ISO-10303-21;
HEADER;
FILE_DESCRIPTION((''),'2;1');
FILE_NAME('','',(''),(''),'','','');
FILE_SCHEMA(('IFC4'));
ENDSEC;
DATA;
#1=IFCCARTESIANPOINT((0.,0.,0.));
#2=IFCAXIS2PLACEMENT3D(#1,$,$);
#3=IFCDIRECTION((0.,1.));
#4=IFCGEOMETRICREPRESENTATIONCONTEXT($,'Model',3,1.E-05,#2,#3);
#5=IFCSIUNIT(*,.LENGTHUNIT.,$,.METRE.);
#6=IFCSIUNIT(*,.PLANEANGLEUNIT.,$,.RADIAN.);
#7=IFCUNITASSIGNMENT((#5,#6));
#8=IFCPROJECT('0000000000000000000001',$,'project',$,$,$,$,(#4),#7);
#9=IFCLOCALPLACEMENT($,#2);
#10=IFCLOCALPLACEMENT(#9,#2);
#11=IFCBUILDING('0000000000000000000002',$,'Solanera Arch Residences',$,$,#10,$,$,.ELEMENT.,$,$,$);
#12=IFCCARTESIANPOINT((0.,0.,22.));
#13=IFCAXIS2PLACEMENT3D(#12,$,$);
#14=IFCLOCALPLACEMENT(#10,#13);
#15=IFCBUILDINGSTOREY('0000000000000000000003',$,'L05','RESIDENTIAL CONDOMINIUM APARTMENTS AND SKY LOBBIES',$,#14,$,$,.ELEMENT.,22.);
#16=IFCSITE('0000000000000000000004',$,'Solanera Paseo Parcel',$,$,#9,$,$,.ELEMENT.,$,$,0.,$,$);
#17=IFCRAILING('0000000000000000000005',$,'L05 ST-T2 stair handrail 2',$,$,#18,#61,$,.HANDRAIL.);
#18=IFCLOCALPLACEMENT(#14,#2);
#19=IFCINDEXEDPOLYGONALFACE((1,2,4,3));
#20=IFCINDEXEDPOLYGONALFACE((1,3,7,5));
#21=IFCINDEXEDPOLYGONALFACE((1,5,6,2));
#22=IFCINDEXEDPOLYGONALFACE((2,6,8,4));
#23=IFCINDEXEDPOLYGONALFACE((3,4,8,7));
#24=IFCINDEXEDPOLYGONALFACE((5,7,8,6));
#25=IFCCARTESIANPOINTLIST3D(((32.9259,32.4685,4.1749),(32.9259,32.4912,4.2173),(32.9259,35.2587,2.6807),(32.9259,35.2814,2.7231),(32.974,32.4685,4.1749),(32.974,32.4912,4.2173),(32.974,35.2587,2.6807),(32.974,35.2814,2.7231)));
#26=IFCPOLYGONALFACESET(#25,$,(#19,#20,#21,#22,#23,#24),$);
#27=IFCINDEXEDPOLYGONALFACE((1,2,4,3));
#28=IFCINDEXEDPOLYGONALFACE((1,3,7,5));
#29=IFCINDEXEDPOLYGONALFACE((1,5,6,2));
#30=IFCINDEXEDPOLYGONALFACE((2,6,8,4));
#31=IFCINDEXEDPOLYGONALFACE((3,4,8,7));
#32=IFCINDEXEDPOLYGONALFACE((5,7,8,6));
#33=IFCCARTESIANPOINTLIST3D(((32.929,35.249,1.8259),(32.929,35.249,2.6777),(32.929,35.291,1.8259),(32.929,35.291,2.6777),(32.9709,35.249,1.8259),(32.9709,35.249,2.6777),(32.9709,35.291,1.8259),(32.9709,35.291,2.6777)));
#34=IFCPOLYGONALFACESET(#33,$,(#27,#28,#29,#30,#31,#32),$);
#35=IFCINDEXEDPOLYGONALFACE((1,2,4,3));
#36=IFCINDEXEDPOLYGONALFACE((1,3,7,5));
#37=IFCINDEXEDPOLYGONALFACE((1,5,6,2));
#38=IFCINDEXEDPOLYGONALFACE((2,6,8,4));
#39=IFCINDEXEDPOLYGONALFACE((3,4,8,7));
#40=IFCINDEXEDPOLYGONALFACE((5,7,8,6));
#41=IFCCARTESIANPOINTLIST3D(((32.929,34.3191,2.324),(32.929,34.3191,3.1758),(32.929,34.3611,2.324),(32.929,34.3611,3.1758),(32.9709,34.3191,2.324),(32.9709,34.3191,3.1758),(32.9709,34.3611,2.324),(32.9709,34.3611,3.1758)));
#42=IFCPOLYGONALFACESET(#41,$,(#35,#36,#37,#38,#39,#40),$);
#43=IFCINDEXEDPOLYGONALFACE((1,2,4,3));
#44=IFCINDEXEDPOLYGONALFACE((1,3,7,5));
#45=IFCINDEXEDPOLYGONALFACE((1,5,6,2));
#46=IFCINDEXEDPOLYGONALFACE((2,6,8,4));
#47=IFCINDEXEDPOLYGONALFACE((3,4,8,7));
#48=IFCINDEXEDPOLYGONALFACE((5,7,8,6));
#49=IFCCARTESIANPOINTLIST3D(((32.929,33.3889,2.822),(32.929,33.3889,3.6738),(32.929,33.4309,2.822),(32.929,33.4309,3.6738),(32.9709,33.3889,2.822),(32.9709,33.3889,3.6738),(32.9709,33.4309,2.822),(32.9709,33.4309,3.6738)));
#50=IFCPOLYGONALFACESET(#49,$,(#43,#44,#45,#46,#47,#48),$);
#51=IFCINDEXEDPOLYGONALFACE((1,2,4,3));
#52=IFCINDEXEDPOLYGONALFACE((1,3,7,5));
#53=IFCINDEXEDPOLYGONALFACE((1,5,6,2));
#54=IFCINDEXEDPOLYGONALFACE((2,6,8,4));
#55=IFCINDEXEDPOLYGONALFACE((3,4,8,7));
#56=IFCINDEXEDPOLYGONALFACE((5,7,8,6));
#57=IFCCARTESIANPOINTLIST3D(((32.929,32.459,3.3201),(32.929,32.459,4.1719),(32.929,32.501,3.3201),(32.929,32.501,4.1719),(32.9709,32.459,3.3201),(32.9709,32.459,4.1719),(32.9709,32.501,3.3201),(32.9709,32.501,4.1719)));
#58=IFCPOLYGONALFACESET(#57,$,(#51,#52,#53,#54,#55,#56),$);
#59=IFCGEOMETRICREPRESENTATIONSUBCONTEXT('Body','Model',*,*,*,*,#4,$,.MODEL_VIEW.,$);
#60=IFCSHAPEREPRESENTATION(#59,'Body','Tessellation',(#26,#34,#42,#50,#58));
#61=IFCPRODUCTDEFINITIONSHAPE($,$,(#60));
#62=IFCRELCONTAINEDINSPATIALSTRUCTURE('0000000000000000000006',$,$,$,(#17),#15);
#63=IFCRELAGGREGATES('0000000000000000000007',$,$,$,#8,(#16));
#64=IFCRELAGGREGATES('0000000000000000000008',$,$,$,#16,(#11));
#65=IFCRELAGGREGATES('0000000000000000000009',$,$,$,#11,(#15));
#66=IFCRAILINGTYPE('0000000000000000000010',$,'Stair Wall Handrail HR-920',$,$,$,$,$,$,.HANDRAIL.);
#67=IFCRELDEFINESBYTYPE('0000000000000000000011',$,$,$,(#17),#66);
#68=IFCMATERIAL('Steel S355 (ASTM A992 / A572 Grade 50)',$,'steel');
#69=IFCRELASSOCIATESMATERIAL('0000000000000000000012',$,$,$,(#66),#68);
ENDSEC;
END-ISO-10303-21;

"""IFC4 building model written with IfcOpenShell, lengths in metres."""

from ifc_helpers import new_model, si_unit, direction, frame, origin, origin_2d, place, context, subcontext, project, spatial, rectangle, extrude, material, type_object, element, save


model = new_model("IFC4")

# Units and contexts
model_context = context("Model", 3, precision=1e-05, world=origin(), true_north=direction((0.0, 1.0)))
body_context = subcontext(model_context, "Body", "Model", "MODEL_VIEW")
ifc_project = project(units=[si_unit("LENGTHUNIT", "METRE"), si_unit("PLANEANGLEUNIT", "RADIAN")], contexts=[model_context])

# Site, building, storey
site_placement = place(None, origin())
site = spatial("IfcSite", under=ifc_project, at=site_placement, Name="Solanera Paseo Parcel", CompositionType="ELEMENT", RefElevation=0.0)
building_placement = place(site_placement, origin())
building = spatial("IfcBuilding", under=site, at=building_placement, Name="Solanera Arch Residences", CompositionType="ELEMENT")
storey_placement = place(building_placement, frame((0.0, 0.0, 22.0)))
storey = spatial("IfcBuildingStorey", under=building, at=storey_placement, Name="L05", Description="RESIDENTIAL CONDOMINIUM APARTMENTS AND SKY LOBBIES", CompositionType="ELEMENT", Elevation=22.0)

# Railing
ifc_material_1 = material(Name="Steel S355 (ASTM A992 / A572 Grade 50)", Category="steel")
railing_type_1 = type_object("IfcRailingType", Name="Stair Wall Handrail HR-920", PredefinedType="HANDRAIL", material=ifc_material_1)
railing_1_placement = place(storey_placement, frame((32.95, 35.27, 1.8259)))
element("IfcRailing", 1, at=railing_1_placement, inside=storey, type_object=railing_type_1, Name="L05 ST-T2 stair handrail 2", PredefinedType="HANDRAIL", context=body_context, shape_type="SweptSolid", body=[
    extrude(rectangle(XDim=0.0481, YDim=0.0481, at=origin_2d()), frame((0.0, 0.0, 0.876), z_axis=(0.0, -0.881549, 0.472093), x_axis=(1.0, 0.0, 0.0)), (0.0, 0.0, 1.0), 3.165),
    extrude(rectangle(XDim=0.042, YDim=0.042, at=origin_2d()), origin(), (0.0, 0.0, 1.0), 0.8518),
    extrude(rectangle(XDim=0.042, YDim=0.042, at=origin_2d()), frame((0.0, -0.9299, 0.498)), (0.0, 0.0, 1.0), 0.8518),
    extrude(rectangle(XDim=0.042, YDim=0.042, at=origin_2d()), frame((0.0, -1.8601, 0.9961)), (0.0, 0.0, 1.0), 0.8518),
    extrude(rectangle(XDim=0.042, YDim=0.042, at=origin_2d()), frame((0.0, -2.79, 1.4941)), (0.0, 0.0, 1.0), 0.8518),
])

save(model, "model.ifc")
